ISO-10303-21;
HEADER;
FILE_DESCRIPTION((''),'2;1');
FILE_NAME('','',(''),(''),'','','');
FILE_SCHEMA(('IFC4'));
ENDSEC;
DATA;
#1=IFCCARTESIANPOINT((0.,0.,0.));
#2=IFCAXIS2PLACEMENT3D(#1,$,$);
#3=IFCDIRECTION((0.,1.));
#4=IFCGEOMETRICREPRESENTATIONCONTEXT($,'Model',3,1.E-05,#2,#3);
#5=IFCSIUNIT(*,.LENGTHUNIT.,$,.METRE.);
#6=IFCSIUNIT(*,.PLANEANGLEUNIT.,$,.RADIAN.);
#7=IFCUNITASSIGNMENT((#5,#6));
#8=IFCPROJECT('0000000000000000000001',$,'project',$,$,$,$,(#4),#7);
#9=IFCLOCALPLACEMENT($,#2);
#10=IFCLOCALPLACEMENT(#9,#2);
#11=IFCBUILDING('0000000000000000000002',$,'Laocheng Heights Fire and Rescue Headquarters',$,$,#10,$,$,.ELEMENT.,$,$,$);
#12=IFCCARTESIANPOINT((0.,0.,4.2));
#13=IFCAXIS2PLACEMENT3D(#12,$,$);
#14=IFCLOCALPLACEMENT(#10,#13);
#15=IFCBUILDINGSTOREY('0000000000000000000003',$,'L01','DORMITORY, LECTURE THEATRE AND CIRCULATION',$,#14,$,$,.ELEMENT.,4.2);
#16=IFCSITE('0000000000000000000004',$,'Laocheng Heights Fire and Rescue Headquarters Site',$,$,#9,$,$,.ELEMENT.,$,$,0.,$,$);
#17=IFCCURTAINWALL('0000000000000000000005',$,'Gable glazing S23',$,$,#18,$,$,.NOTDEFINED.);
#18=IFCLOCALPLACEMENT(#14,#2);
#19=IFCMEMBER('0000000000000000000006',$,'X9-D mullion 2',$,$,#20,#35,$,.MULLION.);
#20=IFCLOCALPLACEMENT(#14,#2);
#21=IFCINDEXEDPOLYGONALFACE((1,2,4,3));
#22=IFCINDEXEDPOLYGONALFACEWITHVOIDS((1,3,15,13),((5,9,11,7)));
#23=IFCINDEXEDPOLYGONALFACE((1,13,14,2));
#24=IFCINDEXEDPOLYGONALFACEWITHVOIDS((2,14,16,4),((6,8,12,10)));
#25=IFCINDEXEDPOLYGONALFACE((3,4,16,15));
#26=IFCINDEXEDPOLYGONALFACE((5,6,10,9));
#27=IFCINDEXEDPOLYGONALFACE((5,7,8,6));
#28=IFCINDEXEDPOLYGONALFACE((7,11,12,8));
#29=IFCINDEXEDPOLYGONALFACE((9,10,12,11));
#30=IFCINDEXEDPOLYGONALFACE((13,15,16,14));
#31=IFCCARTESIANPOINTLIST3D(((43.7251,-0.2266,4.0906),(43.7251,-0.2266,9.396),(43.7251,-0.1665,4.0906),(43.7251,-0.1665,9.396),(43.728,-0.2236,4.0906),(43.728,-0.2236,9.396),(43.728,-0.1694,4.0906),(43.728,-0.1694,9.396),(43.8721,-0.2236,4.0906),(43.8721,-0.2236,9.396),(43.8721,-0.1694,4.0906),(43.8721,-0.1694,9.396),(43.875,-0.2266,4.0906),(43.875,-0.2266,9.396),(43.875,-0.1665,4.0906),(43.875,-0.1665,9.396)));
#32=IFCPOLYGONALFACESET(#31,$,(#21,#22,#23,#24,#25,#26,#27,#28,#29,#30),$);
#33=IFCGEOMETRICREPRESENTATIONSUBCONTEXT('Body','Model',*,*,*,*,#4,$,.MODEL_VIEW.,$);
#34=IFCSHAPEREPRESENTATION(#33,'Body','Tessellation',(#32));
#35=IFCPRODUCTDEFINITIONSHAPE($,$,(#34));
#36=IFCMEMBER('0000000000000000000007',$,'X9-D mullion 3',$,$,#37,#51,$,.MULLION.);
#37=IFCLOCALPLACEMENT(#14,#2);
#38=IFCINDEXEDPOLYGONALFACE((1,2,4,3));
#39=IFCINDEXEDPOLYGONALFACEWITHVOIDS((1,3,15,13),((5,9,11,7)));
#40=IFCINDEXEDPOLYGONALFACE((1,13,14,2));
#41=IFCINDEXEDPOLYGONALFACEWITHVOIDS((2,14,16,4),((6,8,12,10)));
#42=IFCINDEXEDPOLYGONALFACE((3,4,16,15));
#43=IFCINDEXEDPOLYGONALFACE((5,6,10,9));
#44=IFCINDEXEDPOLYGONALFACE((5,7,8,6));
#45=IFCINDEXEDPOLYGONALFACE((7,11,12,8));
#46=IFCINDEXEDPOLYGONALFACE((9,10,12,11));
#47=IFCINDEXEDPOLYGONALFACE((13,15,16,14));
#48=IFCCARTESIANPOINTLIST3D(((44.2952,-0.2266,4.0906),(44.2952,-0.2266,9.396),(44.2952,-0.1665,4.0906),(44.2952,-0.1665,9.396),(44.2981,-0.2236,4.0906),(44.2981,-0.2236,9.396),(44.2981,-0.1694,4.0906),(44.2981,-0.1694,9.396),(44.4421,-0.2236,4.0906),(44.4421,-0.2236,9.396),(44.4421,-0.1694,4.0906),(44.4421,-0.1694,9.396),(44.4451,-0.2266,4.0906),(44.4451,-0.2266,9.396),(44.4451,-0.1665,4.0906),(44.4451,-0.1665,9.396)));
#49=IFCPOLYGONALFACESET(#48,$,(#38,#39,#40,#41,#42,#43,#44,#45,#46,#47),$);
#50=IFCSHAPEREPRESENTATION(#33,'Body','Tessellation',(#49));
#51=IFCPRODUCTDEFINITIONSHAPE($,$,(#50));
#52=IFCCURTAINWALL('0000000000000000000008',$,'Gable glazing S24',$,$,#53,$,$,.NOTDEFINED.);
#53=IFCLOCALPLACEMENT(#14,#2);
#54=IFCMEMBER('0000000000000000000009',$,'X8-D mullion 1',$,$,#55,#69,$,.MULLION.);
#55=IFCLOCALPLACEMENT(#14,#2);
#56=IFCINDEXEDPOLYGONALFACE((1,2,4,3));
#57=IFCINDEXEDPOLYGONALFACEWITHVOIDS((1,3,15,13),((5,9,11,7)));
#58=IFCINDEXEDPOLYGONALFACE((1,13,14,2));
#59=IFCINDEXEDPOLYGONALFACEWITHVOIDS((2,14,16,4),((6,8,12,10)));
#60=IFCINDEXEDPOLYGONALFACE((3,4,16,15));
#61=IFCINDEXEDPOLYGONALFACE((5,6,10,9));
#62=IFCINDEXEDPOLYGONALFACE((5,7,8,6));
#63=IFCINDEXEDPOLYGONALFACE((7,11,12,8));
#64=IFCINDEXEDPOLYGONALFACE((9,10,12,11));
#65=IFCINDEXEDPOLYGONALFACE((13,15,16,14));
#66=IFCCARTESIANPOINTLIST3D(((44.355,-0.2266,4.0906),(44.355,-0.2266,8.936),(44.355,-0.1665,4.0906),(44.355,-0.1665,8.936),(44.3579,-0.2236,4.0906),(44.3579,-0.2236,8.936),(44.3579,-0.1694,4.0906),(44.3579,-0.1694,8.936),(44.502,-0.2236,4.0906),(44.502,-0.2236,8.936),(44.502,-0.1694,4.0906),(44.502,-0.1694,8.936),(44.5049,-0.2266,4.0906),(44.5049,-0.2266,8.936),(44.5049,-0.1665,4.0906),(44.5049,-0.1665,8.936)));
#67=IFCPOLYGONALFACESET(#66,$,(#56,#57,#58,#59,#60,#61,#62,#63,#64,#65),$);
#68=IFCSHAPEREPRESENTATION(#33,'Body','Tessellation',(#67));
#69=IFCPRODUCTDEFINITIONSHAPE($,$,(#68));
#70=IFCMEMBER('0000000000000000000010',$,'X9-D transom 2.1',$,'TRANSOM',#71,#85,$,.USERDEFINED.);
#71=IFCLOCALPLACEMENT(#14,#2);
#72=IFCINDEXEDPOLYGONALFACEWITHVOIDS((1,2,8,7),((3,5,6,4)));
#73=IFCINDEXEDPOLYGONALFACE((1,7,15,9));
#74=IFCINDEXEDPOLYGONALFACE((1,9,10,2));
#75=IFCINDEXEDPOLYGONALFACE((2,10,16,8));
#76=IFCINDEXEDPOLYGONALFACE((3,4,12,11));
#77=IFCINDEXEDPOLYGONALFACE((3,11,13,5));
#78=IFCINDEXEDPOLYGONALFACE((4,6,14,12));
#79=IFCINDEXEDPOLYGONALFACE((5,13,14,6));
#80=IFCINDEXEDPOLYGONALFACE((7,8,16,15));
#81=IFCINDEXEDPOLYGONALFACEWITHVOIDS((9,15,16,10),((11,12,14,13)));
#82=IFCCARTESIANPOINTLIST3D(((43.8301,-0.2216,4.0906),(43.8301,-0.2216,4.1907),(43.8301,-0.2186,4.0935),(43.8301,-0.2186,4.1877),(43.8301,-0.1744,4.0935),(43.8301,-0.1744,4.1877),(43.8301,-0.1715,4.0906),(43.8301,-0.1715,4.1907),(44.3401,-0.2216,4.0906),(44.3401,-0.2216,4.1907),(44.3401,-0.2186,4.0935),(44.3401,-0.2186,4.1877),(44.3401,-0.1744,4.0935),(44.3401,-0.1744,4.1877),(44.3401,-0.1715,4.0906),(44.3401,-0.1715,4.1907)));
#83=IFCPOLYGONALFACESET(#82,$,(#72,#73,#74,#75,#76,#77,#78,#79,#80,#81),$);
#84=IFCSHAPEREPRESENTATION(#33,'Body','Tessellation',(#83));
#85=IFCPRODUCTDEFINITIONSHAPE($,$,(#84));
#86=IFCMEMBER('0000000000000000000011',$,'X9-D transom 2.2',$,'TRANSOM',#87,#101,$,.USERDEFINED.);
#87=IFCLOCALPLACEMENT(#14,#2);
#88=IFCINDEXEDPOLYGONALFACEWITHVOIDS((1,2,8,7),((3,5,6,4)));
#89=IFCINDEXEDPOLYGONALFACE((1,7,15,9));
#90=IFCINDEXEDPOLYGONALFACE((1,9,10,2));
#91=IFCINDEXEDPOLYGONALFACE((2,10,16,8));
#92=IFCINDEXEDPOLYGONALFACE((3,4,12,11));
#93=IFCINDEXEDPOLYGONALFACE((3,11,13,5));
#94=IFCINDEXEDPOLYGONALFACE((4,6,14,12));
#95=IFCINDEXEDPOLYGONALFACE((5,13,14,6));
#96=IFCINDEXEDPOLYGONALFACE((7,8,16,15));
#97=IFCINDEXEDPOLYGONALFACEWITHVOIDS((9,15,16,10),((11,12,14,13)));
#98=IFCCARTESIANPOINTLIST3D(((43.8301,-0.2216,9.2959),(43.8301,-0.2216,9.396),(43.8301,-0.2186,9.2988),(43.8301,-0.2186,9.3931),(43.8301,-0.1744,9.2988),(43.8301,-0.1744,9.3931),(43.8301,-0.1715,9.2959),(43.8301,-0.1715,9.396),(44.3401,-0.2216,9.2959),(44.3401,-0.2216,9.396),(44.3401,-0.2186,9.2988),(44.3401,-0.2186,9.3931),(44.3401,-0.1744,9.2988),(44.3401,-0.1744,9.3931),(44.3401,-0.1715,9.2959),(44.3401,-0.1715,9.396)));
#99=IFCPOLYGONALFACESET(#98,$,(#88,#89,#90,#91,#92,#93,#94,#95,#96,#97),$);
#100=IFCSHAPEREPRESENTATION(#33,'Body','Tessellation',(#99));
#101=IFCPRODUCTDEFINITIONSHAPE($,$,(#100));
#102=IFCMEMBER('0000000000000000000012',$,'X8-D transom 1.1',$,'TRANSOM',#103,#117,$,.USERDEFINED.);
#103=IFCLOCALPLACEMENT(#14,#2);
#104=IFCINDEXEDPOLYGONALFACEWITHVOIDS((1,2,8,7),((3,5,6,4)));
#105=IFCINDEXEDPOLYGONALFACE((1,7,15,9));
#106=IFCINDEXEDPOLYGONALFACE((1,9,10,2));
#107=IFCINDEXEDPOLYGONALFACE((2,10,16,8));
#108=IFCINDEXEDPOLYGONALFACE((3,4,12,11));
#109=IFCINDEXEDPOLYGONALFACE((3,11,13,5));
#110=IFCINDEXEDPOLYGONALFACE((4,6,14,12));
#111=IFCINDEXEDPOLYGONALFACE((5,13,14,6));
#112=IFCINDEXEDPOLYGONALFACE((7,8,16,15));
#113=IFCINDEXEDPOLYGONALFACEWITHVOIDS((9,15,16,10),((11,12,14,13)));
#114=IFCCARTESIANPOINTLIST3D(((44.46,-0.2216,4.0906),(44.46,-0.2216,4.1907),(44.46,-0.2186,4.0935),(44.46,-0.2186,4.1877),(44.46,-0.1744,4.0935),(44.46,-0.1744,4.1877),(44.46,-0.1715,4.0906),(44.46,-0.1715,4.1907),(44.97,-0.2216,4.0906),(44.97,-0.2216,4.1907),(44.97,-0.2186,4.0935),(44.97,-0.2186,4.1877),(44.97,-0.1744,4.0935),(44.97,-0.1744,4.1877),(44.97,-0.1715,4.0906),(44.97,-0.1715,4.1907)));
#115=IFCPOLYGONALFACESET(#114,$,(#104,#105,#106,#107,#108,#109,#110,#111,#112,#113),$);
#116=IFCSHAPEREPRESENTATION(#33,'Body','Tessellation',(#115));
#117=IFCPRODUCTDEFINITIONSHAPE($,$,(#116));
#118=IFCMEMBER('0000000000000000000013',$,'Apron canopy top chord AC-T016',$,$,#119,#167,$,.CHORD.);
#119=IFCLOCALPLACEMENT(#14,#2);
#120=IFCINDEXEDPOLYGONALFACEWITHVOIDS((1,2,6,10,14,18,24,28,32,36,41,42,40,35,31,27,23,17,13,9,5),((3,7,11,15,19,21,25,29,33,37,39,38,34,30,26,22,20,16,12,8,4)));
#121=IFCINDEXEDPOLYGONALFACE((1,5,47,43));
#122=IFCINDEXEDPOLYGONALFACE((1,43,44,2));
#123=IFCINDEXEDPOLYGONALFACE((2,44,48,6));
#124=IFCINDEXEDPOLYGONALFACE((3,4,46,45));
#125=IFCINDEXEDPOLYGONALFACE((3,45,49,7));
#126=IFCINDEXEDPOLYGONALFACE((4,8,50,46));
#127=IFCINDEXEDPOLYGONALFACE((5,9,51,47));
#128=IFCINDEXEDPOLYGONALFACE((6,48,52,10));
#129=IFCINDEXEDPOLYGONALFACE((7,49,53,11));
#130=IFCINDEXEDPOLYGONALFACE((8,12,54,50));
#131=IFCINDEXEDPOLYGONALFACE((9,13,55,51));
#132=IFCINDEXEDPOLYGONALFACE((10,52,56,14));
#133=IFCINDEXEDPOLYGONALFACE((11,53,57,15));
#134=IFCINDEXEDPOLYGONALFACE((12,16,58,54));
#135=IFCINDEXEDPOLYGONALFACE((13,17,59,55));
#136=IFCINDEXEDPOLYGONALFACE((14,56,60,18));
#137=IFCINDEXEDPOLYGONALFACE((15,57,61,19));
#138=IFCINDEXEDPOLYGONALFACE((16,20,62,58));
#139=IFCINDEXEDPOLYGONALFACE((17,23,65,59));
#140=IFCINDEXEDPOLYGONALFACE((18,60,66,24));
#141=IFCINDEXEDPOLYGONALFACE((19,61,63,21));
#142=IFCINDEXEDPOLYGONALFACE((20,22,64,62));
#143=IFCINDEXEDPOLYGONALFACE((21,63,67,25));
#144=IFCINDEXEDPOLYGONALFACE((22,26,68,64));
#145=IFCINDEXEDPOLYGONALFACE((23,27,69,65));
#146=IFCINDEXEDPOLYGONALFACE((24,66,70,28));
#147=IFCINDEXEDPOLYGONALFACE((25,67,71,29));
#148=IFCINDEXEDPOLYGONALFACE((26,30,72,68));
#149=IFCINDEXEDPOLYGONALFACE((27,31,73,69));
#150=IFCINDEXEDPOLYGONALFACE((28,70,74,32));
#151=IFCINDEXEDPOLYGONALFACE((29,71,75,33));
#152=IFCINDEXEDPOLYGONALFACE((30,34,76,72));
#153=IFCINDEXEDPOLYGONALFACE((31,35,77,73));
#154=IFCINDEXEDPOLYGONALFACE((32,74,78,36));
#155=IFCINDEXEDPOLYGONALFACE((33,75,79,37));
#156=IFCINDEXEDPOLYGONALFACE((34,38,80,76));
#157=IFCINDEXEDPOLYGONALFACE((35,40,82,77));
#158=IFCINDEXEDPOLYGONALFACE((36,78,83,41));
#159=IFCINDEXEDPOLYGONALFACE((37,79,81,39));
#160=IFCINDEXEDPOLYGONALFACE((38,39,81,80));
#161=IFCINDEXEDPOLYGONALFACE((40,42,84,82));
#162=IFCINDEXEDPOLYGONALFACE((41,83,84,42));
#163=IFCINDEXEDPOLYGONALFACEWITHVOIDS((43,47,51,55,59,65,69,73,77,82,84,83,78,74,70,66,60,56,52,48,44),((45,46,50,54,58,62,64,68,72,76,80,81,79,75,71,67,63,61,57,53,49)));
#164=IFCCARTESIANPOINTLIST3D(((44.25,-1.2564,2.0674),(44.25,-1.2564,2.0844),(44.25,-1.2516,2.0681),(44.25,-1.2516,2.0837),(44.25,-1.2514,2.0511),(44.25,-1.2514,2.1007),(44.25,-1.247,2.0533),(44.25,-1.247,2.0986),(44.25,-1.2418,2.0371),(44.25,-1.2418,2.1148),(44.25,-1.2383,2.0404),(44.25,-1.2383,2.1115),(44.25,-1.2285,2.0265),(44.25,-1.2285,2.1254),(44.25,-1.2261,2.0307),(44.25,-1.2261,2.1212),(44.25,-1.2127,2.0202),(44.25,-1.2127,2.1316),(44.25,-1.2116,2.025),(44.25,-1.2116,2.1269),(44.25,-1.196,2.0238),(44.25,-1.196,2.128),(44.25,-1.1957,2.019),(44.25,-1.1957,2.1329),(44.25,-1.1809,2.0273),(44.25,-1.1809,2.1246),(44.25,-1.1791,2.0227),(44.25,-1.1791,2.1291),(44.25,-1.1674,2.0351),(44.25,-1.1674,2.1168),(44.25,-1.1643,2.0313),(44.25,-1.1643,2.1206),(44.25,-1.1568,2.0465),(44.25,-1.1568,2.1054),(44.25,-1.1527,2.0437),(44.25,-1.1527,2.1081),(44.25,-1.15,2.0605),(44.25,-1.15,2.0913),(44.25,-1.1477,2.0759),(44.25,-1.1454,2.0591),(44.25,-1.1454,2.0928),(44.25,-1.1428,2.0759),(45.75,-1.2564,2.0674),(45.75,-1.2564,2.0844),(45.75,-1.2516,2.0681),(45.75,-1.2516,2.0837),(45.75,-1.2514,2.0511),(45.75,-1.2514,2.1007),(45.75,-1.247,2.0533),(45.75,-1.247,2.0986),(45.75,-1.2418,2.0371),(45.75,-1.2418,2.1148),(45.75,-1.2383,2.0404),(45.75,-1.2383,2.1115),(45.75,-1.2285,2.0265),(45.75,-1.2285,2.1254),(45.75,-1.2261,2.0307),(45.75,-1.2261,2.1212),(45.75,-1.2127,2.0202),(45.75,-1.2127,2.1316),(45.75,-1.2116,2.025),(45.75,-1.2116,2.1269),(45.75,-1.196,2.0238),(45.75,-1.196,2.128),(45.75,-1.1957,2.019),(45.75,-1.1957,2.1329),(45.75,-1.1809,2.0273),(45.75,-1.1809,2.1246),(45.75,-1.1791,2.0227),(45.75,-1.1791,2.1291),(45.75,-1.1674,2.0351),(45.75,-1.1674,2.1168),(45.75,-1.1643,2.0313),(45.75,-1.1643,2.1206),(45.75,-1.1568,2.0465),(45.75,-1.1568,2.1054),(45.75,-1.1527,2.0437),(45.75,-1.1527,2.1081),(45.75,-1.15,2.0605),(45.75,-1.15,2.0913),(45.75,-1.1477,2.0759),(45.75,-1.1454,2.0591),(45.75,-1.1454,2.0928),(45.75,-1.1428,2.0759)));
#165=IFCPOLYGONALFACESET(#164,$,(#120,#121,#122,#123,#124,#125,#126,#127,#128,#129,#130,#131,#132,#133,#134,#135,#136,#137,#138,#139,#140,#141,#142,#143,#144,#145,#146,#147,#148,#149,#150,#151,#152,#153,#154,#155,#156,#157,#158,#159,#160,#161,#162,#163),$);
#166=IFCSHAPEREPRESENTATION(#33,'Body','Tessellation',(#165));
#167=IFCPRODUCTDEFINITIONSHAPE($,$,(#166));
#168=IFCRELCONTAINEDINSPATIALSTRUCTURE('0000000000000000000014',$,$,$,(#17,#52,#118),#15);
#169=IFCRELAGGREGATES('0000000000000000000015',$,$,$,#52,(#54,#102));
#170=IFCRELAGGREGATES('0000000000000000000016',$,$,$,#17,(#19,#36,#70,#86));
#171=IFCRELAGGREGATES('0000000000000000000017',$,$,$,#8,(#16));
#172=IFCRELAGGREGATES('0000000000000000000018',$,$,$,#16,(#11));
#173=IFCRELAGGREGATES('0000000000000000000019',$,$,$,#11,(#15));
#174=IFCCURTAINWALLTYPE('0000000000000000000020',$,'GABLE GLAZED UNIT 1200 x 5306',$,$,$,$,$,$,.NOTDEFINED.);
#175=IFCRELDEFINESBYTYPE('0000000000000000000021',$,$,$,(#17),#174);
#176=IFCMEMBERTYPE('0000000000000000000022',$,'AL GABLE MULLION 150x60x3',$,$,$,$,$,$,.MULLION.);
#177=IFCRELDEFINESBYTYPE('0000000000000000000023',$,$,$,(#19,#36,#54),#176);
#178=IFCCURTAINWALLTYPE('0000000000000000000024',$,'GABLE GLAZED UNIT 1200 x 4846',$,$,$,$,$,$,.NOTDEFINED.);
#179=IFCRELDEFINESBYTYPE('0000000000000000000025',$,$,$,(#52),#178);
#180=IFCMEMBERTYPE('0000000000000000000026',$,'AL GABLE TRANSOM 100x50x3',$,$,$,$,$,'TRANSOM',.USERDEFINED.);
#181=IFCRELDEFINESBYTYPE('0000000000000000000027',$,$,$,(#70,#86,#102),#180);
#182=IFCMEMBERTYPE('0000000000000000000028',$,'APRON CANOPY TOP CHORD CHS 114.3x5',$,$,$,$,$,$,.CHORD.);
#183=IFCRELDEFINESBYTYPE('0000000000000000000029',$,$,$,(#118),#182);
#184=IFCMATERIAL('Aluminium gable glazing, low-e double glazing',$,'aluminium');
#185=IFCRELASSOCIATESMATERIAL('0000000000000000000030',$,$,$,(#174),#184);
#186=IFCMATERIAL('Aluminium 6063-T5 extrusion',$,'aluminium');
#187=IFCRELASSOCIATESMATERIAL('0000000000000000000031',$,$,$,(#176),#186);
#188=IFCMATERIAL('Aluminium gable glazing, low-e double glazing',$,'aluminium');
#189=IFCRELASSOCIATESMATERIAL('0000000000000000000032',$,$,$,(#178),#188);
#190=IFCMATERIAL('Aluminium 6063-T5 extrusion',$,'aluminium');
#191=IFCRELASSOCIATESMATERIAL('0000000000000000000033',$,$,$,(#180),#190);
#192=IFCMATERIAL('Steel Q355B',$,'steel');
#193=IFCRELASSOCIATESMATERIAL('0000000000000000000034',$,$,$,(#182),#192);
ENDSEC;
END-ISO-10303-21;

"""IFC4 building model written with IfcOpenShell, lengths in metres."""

from ifc_helpers import new_model, si_unit, direction, frame, origin, origin_2d, place, context, subcontext, project, spatial, hollow_rectangle, hollow_circle, extrude, material, material_profile, profile_set, type_object, element, aggregate, save


model = new_model("IFC4")

# Units and contexts
model_context = context("Model", 3, precision=1e-05, world=origin(), true_north=direction((0.0, 1.0)))
body_context = subcontext(model_context, "Body", "Model", "MODEL_VIEW")
ifc_project = project(units=[si_unit("LENGTHUNIT", "METRE"), si_unit("PLANEANGLEUNIT", "RADIAN")], contexts=[model_context])

# Site, building, storey
site_placement = place(None, origin())
site = spatial("IfcSite", under=ifc_project, at=site_placement, Name="Laocheng Heights Fire and Rescue Headquarters Site", CompositionType="ELEMENT", RefElevation=0.0)
building_placement = place(site_placement, origin())
building = spatial("IfcBuilding", under=site, at=building_placement, Name="Laocheng Heights Fire and Rescue Headquarters", CompositionType="ELEMENT")
storey_placement = place(building_placement, frame((0.0, 0.0, 4.2)))
storey = spatial("IfcBuildingStorey", under=building, at=storey_placement, Name="L01", Description="DORMITORY, LECTURE THEATRE AND CIRCULATION", CompositionType="ELEMENT", Elevation=4.2)

# Curtain wall, members
ifc_material_1 = material(Name="Aluminium gable glazing, low-e double glazing", Category="aluminium")
curtain_wall_type_1 = type_object("IfcCurtainWallType", Name="GABLE GLAZED UNIT 1200 x 5306", PredefinedType="NOTDEFINED", material=ifc_material_1)
curtain_wall_1_placement = place(storey_placement, origin())
curtain_wall_1 = element("IfcCurtainWall", 1, at=curtain_wall_1_placement, inside=storey, type_object=curtain_wall_type_1, Name="Gable glazing S23", PredefinedType="NOTDEFINED")
ifc_material_2 = material(Name="Aluminium 6063-T5 extrusion", Category="aluminium")
ifc_material_profile_1 = material_profile(ifc_material_2, hollow_rectangle(XDim=0.0601, YDim=0.1499, WallThickness=0.0029, at=origin_2d()), Name="AL MULLION 150x60x3")
ifc_profile_set_1 = profile_set([ifc_material_profile_1], Name="Aluminium 6063-T5 extrusion")
member_type_1 = type_object("IfcMemberType", Name="AL GABLE MULLION 150x60x3", PredefinedType="MULLION", material=ifc_profile_set_1)
member_1_placement = place(storey_placement, frame((43.8, -0.1965, 4.0906), z_axis=(0.0, 0.0, 1.0), x_axis=(0.0, 1.0, 0.0)))
member_1 = element("IfcMember", 2, at=member_1_placement, type_object=member_type_1, Name="X9-D mullion 2", PredefinedType="MULLION", context=body_context, shape_type="SweptSolid", body=[
    extrude(hollow_rectangle(XDim=0.0601, YDim=0.1499, WallThickness=0.0029, at=origin_2d()), origin(), (0.0, 0.0, 1.0), 5.3054),
])
member_2_placement = place(storey_placement, frame((44.3701, -0.1965, 4.0906), z_axis=(0.0, 0.0, 1.0), x_axis=(0.0, 1.0, 0.0)))
member_2 = element("IfcMember", 3, at=member_2_placement, type_object=member_type_1, Name="X9-D mullion 3", PredefinedType="MULLION", context=body_context, shape_type="SweptSolid", body=[
    extrude(hollow_rectangle(XDim=0.0601, YDim=0.1499, WallThickness=0.0029, at=origin_2d()), origin(), (0.0, 0.0, 1.0), 5.3054),
])

# Curtain wall, member
ifc_material_3 = material(Name="Aluminium gable glazing, low-e double glazing", Category="aluminium")
curtain_wall_type_2 = type_object("IfcCurtainWallType", Name="GABLE GLAZED UNIT 1200 x 4846", PredefinedType="NOTDEFINED", material=ifc_material_3)
curtain_wall_2_placement = place(storey_placement, origin())
curtain_wall_2 = element("IfcCurtainWall", 4, at=curtain_wall_2_placement, inside=storey, type_object=curtain_wall_type_2, Name="Gable glazing S24", PredefinedType="NOTDEFINED")
member_3_placement = place(storey_placement, frame((44.4299, -0.1965, 4.0906), z_axis=(0.0, 0.0, 1.0), x_axis=(0.0, 1.0, 0.0)))
member_3 = element("IfcMember", 5, at=member_3_placement, type_object=member_type_1, Name="X8-D mullion 1", PredefinedType="MULLION", context=body_context, shape_type="SweptSolid", body=[
    extrude(hollow_rectangle(XDim=0.0601, YDim=0.1499, WallThickness=0.0029, at=origin_2d()), origin(), (0.0, 0.0, 1.0), 4.8455),
])

# Members
ifc_material_4 = material(Name="Aluminium 6063-T5 extrusion", Category="aluminium")
ifc_material_profile_2 = material_profile(ifc_material_4, hollow_rectangle(XDim=0.05, YDim=0.1001, WallThickness=0.0029, at=origin_2d()), Name="AL TRANSOM 100x50x3")
ifc_profile_set_2 = profile_set([ifc_material_profile_2], Name="Aluminium 6063-T5 extrusion")
member_type_2 = type_object("IfcMemberType", Name="AL GABLE TRANSOM 100x50x3", ElementType="TRANSOM", PredefinedType="USERDEFINED", material=ifc_profile_set_2)
member_4_placement = place(storey_placement, frame((43.8301, -0.1965, 4.1406), z_axis=(1.0, 0.0, 0.0), x_axis=(0.0, 1.0, 0.0)))
member_4 = element("IfcMember", 6, at=member_4_placement, type_object=member_type_2, Name="X9-D transom 2.1", ObjectType="TRANSOM", PredefinedType="USERDEFINED", context=body_context, shape_type="SweptSolid", body=[
    extrude(hollow_rectangle(XDim=0.05, YDim=0.1001, WallThickness=0.0029, at=origin_2d()), origin(), (0.0, 0.0, 1.0), 0.51),
])
member_5_placement = place(storey_placement, frame((43.8301, -0.1965, 9.3459), z_axis=(1.0, 0.0, 0.0), x_axis=(0.0, 1.0, 0.0)))
member_5 = element("IfcMember", 7, at=member_5_placement, type_object=member_type_2, Name="X9-D transom 2.2", ObjectType="TRANSOM", PredefinedType="USERDEFINED", context=body_context, shape_type="SweptSolid", body=[
    extrude(hollow_rectangle(XDim=0.05, YDim=0.1001, WallThickness=0.0029, at=origin_2d()), origin(), (0.0, 0.0, 1.0), 0.51),
])
member_6_placement = place(storey_placement, frame((44.46, -0.1965, 4.1406), z_axis=(1.0, 0.0, 0.0), x_axis=(0.0, 1.0, 0.0)))
member_6 = element("IfcMember", 8, at=member_6_placement, type_object=member_type_2, Name="X8-D transom 1.1", ObjectType="TRANSOM", PredefinedType="USERDEFINED", context=body_context, shape_type="SweptSolid", body=[
    extrude(hollow_rectangle(XDim=0.05, YDim=0.1001, WallThickness=0.0029, at=origin_2d()), origin(), (0.0, 0.0, 1.0), 0.51),
])
aggregate(curtain_wall_2, [member_3, member_6])

# Member
ifc_material_5 = material(Name="Steel Q355B", Category="steel")
ifc_material_profile_3 = material_profile(ifc_material_5, hollow_circle(Radius=0.0571, WallThickness=0.0049, at=origin_2d()), Name="CHS 114.3x5")
ifc_profile_set_3 = profile_set([ifc_material_profile_3], Name="Steel Q355B")
member_type_3 = type_object("IfcMemberType", Name="APRON CANOPY TOP CHORD CHS 114.3x5", PredefinedType="CHORD", material=ifc_profile_set_3)
for number, where, z_axis, x_axis, name in (
    (9, (44.25, -1.2, 2.0759), (1.0, 0.0, 0.0), (0.0, 1.0, 0.0), "Apron canopy top chord AC-T016"),
):
    element("IfcMember", number, at=place(storey_placement, frame(where, z_axis=z_axis, x_axis=x_axis)), inside=storey, type_object=member_type_3, Name=name, PredefinedType="CHORD", context=body_context, shape_type="SweptSolid", body=[
        extrude(hollow_circle(Radius=0.0571, WallThickness=0.0049, at=origin_2d()), origin(), (0.0, 0.0, 1.0), 1.5),
    ])

aggregate(curtain_wall_1, [member_1, member_2, member_4, member_5])

save(model, "model.ifc")
